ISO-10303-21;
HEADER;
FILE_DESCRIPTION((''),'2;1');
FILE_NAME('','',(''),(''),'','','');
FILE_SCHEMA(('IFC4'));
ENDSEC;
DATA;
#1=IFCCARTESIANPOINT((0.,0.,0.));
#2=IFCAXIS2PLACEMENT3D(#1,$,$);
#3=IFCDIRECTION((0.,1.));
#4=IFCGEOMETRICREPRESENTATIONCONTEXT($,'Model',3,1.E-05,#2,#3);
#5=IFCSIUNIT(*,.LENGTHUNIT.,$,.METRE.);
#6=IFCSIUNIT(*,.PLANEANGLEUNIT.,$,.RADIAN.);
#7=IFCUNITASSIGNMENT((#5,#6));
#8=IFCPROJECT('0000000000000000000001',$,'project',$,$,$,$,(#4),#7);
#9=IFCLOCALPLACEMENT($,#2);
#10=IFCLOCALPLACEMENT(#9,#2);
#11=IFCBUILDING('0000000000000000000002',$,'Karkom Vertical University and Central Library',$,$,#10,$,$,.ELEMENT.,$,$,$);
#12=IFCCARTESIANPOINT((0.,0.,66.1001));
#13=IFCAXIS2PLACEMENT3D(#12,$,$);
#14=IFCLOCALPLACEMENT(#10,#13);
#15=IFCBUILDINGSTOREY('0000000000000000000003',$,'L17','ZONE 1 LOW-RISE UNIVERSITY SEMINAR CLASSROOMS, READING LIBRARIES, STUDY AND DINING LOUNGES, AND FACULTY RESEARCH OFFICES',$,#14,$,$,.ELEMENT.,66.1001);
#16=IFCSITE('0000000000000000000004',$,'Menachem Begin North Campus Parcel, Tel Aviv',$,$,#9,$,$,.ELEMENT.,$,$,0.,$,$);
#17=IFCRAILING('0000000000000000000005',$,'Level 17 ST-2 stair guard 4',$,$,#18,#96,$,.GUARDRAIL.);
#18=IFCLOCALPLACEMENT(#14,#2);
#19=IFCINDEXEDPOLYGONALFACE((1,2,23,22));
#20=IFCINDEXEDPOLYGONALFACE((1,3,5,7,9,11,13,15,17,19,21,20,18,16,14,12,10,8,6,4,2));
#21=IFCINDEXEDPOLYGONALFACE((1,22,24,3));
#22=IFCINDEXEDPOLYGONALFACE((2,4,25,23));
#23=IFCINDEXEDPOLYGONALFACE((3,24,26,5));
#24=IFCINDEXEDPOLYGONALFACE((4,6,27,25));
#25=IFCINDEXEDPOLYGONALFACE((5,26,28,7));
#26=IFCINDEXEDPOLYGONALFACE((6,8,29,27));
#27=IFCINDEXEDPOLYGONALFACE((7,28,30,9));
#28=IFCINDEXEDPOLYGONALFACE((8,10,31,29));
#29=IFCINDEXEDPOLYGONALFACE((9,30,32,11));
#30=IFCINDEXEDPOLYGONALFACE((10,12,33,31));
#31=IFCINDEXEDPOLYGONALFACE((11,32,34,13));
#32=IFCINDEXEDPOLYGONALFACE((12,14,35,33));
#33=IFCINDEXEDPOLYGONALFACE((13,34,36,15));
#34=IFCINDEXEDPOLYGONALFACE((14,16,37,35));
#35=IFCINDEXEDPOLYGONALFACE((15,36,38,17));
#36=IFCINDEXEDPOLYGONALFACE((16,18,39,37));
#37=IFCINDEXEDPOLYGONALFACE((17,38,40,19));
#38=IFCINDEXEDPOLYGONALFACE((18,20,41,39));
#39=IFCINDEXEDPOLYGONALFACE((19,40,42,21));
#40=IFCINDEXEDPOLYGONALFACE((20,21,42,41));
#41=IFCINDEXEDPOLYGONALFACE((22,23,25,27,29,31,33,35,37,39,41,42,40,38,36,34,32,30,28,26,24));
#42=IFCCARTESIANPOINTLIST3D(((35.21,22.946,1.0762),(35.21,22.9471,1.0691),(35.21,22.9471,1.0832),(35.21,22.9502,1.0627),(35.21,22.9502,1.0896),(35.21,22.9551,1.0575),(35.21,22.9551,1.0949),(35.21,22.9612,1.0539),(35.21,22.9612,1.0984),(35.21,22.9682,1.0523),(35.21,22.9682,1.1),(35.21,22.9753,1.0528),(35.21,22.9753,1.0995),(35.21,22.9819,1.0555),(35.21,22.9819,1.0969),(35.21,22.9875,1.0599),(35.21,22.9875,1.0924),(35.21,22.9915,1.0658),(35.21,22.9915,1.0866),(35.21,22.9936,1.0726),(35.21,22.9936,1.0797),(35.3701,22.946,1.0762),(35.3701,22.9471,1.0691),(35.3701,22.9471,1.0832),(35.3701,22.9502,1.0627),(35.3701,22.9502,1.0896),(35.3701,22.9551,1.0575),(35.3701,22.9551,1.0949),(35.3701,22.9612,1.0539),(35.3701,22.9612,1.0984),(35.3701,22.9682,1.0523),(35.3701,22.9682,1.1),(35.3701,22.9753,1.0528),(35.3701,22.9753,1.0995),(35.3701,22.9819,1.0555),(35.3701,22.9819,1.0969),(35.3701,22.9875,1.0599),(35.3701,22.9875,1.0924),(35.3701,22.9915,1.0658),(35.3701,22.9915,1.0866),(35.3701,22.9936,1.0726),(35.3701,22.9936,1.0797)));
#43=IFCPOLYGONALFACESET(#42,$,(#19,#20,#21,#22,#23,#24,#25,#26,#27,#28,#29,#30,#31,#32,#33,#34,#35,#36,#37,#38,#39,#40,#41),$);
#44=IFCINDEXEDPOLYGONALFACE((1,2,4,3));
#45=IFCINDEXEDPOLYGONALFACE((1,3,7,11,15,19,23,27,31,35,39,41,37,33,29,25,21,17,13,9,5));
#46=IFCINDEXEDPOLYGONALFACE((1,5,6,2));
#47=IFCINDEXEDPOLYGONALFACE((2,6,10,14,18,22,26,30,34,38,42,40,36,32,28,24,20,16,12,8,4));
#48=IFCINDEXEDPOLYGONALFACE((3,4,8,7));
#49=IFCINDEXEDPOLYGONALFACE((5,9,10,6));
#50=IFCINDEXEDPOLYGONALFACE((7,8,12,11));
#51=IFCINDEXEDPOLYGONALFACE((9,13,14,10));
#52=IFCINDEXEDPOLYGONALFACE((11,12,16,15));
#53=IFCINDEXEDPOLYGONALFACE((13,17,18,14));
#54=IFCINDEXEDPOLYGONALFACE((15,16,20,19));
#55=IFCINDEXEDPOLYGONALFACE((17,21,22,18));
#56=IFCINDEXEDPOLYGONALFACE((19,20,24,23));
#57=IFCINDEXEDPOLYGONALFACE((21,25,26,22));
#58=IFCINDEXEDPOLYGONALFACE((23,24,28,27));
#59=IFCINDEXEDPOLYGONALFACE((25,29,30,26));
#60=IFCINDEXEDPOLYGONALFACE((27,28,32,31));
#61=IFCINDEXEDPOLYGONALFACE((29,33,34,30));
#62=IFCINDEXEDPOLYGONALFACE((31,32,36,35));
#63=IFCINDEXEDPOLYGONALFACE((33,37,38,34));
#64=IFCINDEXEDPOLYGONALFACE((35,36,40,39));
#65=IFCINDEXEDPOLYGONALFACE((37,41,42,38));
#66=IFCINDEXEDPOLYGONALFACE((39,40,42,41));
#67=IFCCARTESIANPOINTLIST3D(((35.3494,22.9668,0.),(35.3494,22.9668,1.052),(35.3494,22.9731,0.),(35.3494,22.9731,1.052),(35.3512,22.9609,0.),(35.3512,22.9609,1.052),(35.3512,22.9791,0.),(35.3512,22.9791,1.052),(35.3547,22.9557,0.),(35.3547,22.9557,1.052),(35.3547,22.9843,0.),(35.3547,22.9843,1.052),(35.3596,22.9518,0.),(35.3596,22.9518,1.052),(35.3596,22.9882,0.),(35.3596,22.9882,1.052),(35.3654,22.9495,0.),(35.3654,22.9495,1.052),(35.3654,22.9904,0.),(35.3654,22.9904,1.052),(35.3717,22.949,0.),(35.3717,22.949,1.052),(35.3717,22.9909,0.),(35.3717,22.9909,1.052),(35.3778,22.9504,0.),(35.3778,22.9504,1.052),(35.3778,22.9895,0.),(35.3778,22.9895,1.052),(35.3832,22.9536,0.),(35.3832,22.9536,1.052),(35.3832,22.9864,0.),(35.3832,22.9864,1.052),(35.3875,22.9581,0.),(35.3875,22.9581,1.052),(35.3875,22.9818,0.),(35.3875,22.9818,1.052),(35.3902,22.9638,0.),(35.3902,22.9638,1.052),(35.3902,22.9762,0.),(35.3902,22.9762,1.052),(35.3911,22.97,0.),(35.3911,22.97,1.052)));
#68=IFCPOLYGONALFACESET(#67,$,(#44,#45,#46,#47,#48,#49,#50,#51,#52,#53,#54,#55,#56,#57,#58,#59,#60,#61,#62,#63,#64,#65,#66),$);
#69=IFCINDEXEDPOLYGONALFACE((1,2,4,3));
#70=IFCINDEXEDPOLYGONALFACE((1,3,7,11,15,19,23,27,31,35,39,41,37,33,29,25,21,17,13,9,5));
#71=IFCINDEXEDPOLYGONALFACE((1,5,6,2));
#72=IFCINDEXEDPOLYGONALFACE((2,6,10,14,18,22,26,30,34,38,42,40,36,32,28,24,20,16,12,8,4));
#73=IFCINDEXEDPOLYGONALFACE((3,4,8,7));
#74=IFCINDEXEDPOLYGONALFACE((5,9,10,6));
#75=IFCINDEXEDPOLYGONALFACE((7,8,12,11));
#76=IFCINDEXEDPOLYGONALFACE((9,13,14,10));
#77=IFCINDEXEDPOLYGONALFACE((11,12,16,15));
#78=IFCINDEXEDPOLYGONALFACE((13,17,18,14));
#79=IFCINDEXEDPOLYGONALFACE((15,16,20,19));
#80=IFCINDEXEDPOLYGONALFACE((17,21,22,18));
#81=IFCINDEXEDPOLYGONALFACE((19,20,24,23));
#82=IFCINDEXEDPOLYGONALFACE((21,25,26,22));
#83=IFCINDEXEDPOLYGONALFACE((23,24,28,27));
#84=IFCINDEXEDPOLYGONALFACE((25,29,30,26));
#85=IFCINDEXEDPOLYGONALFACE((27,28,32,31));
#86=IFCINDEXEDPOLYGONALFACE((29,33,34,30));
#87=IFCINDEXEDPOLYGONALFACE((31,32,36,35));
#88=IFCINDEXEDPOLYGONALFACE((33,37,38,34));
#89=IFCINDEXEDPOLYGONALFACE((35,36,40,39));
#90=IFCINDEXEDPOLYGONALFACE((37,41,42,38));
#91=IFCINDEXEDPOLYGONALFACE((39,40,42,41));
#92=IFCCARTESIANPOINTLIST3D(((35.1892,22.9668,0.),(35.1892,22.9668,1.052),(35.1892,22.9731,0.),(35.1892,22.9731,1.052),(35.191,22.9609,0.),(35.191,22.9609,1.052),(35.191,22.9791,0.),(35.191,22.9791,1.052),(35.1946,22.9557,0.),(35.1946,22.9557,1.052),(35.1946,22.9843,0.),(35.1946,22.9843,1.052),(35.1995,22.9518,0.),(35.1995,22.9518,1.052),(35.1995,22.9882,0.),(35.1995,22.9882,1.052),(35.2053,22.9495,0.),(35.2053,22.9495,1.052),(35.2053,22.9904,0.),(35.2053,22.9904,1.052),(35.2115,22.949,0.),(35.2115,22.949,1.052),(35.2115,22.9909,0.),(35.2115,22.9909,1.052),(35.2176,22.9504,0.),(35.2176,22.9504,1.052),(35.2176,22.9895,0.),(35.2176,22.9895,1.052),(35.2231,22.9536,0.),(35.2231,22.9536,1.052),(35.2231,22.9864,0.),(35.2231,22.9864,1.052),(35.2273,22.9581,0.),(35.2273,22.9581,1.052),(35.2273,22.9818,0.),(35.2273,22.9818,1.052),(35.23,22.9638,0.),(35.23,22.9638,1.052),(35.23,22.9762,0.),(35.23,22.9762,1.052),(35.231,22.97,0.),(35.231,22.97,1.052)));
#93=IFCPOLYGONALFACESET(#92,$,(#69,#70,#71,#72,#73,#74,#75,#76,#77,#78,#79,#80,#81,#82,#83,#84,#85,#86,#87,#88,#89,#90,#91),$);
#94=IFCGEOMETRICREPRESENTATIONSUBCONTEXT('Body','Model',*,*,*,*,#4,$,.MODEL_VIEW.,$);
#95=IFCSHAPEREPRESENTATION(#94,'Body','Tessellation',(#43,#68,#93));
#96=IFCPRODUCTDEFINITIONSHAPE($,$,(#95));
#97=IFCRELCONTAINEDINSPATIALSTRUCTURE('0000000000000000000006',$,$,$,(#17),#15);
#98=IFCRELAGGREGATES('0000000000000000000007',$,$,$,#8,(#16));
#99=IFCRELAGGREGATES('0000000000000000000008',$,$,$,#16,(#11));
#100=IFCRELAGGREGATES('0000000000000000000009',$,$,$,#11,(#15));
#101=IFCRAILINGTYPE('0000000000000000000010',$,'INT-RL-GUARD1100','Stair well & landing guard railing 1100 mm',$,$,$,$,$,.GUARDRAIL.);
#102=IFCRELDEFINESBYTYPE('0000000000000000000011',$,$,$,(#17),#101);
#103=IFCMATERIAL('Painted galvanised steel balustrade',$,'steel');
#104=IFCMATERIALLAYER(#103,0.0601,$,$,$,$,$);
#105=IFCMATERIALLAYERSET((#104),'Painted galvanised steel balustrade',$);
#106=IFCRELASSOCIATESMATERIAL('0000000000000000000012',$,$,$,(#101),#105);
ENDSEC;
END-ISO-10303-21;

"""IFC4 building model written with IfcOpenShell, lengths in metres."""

from ifc_helpers import new_model, si_unit, direction, frame, origin, origin_2d, place, context, subcontext, project, spatial, circle, extrude, material, layer, layer_set, type_object, element, save


model = new_model("IFC4")

# Units and contexts
model_context = context("Model", 3, precision=1e-05, world=origin(), true_north=direction((0.0, 1.0)))
body_context = subcontext(model_context, "Body", "Model", "MODEL_VIEW")
ifc_project = project(units=[si_unit("LENGTHUNIT", "METRE"), si_unit("PLANEANGLEUNIT", "RADIAN")], contexts=[model_context])

# Site, building, storey
site_placement = place(None, origin())
site = spatial("IfcSite", under=ifc_project, at=site_placement, Name="Menachem Begin North Campus Parcel, Tel Aviv", CompositionType="ELEMENT", RefElevation=0.0)
building_placement = place(site_placement, origin())
building = spatial("IfcBuilding", under=site, at=building_placement, Name="Karkom Vertical University and Central Library", CompositionType="ELEMENT")
storey_placement = place(building_placement, frame((0.0, 0.0, 66.1001)))
storey = spatial("IfcBuildingStorey", under=building, at=storey_placement, Name="L17", Description="ZONE 1 LOW-RISE UNIVERSITY SEMINAR CLASSROOMS, READING LIBRARIES, STUDY AND DINING LOUNGES, AND FACULTY RESEARCH OFFICES", CompositionType="ELEMENT", Elevation=66.1001)

# Railing
ifc_material_1 = material(Name="Painted galvanised steel balustrade", Category="steel")
ifc_layer_1 = layer(ifc_material_1, 0.0601)
ifc_layer_set_1 = layer_set([ifc_layer_1], Name="Painted galvanised steel balustrade")
railing_type_1 = type_object("IfcRailingType", Name="INT-RL-GUARD1100", Description="Stair well & landing guard railing 1100 mm", PredefinedType="GUARDRAIL", material=ifc_layer_set_1)
railing_1_placement = place(storey_placement, frame((35.3701, 22.97, 0.0)))
element("IfcRailing", 1, at=railing_1_placement, inside=storey, type_object=railing_type_1, Name="Level 17 ST-2 stair guard 4", PredefinedType="GUARDRAIL", context=body_context, shape_type="SweptSolid", body=[
    extrude(circle(Radius=0.0239, at=origin_2d()), frame((0.0, 0.0, 1.0762), z_axis=(-1.0, 0.0, 0.0), x_axis=(0.0, -1.0, 0.0)), (0.0, 0.0, 1.0), 0.1602),
    extrude(circle(Radius=0.021, at=origin_2d()), origin(), (0.0, 0.0, 1.0), 1.052),
    extrude(circle(Radius=0.021, at=origin_2d()), frame((-0.1602, 0.0, 0.0)), (0.0, 0.0, 1.0), 1.052),
])

save(model, "model.ifc")
